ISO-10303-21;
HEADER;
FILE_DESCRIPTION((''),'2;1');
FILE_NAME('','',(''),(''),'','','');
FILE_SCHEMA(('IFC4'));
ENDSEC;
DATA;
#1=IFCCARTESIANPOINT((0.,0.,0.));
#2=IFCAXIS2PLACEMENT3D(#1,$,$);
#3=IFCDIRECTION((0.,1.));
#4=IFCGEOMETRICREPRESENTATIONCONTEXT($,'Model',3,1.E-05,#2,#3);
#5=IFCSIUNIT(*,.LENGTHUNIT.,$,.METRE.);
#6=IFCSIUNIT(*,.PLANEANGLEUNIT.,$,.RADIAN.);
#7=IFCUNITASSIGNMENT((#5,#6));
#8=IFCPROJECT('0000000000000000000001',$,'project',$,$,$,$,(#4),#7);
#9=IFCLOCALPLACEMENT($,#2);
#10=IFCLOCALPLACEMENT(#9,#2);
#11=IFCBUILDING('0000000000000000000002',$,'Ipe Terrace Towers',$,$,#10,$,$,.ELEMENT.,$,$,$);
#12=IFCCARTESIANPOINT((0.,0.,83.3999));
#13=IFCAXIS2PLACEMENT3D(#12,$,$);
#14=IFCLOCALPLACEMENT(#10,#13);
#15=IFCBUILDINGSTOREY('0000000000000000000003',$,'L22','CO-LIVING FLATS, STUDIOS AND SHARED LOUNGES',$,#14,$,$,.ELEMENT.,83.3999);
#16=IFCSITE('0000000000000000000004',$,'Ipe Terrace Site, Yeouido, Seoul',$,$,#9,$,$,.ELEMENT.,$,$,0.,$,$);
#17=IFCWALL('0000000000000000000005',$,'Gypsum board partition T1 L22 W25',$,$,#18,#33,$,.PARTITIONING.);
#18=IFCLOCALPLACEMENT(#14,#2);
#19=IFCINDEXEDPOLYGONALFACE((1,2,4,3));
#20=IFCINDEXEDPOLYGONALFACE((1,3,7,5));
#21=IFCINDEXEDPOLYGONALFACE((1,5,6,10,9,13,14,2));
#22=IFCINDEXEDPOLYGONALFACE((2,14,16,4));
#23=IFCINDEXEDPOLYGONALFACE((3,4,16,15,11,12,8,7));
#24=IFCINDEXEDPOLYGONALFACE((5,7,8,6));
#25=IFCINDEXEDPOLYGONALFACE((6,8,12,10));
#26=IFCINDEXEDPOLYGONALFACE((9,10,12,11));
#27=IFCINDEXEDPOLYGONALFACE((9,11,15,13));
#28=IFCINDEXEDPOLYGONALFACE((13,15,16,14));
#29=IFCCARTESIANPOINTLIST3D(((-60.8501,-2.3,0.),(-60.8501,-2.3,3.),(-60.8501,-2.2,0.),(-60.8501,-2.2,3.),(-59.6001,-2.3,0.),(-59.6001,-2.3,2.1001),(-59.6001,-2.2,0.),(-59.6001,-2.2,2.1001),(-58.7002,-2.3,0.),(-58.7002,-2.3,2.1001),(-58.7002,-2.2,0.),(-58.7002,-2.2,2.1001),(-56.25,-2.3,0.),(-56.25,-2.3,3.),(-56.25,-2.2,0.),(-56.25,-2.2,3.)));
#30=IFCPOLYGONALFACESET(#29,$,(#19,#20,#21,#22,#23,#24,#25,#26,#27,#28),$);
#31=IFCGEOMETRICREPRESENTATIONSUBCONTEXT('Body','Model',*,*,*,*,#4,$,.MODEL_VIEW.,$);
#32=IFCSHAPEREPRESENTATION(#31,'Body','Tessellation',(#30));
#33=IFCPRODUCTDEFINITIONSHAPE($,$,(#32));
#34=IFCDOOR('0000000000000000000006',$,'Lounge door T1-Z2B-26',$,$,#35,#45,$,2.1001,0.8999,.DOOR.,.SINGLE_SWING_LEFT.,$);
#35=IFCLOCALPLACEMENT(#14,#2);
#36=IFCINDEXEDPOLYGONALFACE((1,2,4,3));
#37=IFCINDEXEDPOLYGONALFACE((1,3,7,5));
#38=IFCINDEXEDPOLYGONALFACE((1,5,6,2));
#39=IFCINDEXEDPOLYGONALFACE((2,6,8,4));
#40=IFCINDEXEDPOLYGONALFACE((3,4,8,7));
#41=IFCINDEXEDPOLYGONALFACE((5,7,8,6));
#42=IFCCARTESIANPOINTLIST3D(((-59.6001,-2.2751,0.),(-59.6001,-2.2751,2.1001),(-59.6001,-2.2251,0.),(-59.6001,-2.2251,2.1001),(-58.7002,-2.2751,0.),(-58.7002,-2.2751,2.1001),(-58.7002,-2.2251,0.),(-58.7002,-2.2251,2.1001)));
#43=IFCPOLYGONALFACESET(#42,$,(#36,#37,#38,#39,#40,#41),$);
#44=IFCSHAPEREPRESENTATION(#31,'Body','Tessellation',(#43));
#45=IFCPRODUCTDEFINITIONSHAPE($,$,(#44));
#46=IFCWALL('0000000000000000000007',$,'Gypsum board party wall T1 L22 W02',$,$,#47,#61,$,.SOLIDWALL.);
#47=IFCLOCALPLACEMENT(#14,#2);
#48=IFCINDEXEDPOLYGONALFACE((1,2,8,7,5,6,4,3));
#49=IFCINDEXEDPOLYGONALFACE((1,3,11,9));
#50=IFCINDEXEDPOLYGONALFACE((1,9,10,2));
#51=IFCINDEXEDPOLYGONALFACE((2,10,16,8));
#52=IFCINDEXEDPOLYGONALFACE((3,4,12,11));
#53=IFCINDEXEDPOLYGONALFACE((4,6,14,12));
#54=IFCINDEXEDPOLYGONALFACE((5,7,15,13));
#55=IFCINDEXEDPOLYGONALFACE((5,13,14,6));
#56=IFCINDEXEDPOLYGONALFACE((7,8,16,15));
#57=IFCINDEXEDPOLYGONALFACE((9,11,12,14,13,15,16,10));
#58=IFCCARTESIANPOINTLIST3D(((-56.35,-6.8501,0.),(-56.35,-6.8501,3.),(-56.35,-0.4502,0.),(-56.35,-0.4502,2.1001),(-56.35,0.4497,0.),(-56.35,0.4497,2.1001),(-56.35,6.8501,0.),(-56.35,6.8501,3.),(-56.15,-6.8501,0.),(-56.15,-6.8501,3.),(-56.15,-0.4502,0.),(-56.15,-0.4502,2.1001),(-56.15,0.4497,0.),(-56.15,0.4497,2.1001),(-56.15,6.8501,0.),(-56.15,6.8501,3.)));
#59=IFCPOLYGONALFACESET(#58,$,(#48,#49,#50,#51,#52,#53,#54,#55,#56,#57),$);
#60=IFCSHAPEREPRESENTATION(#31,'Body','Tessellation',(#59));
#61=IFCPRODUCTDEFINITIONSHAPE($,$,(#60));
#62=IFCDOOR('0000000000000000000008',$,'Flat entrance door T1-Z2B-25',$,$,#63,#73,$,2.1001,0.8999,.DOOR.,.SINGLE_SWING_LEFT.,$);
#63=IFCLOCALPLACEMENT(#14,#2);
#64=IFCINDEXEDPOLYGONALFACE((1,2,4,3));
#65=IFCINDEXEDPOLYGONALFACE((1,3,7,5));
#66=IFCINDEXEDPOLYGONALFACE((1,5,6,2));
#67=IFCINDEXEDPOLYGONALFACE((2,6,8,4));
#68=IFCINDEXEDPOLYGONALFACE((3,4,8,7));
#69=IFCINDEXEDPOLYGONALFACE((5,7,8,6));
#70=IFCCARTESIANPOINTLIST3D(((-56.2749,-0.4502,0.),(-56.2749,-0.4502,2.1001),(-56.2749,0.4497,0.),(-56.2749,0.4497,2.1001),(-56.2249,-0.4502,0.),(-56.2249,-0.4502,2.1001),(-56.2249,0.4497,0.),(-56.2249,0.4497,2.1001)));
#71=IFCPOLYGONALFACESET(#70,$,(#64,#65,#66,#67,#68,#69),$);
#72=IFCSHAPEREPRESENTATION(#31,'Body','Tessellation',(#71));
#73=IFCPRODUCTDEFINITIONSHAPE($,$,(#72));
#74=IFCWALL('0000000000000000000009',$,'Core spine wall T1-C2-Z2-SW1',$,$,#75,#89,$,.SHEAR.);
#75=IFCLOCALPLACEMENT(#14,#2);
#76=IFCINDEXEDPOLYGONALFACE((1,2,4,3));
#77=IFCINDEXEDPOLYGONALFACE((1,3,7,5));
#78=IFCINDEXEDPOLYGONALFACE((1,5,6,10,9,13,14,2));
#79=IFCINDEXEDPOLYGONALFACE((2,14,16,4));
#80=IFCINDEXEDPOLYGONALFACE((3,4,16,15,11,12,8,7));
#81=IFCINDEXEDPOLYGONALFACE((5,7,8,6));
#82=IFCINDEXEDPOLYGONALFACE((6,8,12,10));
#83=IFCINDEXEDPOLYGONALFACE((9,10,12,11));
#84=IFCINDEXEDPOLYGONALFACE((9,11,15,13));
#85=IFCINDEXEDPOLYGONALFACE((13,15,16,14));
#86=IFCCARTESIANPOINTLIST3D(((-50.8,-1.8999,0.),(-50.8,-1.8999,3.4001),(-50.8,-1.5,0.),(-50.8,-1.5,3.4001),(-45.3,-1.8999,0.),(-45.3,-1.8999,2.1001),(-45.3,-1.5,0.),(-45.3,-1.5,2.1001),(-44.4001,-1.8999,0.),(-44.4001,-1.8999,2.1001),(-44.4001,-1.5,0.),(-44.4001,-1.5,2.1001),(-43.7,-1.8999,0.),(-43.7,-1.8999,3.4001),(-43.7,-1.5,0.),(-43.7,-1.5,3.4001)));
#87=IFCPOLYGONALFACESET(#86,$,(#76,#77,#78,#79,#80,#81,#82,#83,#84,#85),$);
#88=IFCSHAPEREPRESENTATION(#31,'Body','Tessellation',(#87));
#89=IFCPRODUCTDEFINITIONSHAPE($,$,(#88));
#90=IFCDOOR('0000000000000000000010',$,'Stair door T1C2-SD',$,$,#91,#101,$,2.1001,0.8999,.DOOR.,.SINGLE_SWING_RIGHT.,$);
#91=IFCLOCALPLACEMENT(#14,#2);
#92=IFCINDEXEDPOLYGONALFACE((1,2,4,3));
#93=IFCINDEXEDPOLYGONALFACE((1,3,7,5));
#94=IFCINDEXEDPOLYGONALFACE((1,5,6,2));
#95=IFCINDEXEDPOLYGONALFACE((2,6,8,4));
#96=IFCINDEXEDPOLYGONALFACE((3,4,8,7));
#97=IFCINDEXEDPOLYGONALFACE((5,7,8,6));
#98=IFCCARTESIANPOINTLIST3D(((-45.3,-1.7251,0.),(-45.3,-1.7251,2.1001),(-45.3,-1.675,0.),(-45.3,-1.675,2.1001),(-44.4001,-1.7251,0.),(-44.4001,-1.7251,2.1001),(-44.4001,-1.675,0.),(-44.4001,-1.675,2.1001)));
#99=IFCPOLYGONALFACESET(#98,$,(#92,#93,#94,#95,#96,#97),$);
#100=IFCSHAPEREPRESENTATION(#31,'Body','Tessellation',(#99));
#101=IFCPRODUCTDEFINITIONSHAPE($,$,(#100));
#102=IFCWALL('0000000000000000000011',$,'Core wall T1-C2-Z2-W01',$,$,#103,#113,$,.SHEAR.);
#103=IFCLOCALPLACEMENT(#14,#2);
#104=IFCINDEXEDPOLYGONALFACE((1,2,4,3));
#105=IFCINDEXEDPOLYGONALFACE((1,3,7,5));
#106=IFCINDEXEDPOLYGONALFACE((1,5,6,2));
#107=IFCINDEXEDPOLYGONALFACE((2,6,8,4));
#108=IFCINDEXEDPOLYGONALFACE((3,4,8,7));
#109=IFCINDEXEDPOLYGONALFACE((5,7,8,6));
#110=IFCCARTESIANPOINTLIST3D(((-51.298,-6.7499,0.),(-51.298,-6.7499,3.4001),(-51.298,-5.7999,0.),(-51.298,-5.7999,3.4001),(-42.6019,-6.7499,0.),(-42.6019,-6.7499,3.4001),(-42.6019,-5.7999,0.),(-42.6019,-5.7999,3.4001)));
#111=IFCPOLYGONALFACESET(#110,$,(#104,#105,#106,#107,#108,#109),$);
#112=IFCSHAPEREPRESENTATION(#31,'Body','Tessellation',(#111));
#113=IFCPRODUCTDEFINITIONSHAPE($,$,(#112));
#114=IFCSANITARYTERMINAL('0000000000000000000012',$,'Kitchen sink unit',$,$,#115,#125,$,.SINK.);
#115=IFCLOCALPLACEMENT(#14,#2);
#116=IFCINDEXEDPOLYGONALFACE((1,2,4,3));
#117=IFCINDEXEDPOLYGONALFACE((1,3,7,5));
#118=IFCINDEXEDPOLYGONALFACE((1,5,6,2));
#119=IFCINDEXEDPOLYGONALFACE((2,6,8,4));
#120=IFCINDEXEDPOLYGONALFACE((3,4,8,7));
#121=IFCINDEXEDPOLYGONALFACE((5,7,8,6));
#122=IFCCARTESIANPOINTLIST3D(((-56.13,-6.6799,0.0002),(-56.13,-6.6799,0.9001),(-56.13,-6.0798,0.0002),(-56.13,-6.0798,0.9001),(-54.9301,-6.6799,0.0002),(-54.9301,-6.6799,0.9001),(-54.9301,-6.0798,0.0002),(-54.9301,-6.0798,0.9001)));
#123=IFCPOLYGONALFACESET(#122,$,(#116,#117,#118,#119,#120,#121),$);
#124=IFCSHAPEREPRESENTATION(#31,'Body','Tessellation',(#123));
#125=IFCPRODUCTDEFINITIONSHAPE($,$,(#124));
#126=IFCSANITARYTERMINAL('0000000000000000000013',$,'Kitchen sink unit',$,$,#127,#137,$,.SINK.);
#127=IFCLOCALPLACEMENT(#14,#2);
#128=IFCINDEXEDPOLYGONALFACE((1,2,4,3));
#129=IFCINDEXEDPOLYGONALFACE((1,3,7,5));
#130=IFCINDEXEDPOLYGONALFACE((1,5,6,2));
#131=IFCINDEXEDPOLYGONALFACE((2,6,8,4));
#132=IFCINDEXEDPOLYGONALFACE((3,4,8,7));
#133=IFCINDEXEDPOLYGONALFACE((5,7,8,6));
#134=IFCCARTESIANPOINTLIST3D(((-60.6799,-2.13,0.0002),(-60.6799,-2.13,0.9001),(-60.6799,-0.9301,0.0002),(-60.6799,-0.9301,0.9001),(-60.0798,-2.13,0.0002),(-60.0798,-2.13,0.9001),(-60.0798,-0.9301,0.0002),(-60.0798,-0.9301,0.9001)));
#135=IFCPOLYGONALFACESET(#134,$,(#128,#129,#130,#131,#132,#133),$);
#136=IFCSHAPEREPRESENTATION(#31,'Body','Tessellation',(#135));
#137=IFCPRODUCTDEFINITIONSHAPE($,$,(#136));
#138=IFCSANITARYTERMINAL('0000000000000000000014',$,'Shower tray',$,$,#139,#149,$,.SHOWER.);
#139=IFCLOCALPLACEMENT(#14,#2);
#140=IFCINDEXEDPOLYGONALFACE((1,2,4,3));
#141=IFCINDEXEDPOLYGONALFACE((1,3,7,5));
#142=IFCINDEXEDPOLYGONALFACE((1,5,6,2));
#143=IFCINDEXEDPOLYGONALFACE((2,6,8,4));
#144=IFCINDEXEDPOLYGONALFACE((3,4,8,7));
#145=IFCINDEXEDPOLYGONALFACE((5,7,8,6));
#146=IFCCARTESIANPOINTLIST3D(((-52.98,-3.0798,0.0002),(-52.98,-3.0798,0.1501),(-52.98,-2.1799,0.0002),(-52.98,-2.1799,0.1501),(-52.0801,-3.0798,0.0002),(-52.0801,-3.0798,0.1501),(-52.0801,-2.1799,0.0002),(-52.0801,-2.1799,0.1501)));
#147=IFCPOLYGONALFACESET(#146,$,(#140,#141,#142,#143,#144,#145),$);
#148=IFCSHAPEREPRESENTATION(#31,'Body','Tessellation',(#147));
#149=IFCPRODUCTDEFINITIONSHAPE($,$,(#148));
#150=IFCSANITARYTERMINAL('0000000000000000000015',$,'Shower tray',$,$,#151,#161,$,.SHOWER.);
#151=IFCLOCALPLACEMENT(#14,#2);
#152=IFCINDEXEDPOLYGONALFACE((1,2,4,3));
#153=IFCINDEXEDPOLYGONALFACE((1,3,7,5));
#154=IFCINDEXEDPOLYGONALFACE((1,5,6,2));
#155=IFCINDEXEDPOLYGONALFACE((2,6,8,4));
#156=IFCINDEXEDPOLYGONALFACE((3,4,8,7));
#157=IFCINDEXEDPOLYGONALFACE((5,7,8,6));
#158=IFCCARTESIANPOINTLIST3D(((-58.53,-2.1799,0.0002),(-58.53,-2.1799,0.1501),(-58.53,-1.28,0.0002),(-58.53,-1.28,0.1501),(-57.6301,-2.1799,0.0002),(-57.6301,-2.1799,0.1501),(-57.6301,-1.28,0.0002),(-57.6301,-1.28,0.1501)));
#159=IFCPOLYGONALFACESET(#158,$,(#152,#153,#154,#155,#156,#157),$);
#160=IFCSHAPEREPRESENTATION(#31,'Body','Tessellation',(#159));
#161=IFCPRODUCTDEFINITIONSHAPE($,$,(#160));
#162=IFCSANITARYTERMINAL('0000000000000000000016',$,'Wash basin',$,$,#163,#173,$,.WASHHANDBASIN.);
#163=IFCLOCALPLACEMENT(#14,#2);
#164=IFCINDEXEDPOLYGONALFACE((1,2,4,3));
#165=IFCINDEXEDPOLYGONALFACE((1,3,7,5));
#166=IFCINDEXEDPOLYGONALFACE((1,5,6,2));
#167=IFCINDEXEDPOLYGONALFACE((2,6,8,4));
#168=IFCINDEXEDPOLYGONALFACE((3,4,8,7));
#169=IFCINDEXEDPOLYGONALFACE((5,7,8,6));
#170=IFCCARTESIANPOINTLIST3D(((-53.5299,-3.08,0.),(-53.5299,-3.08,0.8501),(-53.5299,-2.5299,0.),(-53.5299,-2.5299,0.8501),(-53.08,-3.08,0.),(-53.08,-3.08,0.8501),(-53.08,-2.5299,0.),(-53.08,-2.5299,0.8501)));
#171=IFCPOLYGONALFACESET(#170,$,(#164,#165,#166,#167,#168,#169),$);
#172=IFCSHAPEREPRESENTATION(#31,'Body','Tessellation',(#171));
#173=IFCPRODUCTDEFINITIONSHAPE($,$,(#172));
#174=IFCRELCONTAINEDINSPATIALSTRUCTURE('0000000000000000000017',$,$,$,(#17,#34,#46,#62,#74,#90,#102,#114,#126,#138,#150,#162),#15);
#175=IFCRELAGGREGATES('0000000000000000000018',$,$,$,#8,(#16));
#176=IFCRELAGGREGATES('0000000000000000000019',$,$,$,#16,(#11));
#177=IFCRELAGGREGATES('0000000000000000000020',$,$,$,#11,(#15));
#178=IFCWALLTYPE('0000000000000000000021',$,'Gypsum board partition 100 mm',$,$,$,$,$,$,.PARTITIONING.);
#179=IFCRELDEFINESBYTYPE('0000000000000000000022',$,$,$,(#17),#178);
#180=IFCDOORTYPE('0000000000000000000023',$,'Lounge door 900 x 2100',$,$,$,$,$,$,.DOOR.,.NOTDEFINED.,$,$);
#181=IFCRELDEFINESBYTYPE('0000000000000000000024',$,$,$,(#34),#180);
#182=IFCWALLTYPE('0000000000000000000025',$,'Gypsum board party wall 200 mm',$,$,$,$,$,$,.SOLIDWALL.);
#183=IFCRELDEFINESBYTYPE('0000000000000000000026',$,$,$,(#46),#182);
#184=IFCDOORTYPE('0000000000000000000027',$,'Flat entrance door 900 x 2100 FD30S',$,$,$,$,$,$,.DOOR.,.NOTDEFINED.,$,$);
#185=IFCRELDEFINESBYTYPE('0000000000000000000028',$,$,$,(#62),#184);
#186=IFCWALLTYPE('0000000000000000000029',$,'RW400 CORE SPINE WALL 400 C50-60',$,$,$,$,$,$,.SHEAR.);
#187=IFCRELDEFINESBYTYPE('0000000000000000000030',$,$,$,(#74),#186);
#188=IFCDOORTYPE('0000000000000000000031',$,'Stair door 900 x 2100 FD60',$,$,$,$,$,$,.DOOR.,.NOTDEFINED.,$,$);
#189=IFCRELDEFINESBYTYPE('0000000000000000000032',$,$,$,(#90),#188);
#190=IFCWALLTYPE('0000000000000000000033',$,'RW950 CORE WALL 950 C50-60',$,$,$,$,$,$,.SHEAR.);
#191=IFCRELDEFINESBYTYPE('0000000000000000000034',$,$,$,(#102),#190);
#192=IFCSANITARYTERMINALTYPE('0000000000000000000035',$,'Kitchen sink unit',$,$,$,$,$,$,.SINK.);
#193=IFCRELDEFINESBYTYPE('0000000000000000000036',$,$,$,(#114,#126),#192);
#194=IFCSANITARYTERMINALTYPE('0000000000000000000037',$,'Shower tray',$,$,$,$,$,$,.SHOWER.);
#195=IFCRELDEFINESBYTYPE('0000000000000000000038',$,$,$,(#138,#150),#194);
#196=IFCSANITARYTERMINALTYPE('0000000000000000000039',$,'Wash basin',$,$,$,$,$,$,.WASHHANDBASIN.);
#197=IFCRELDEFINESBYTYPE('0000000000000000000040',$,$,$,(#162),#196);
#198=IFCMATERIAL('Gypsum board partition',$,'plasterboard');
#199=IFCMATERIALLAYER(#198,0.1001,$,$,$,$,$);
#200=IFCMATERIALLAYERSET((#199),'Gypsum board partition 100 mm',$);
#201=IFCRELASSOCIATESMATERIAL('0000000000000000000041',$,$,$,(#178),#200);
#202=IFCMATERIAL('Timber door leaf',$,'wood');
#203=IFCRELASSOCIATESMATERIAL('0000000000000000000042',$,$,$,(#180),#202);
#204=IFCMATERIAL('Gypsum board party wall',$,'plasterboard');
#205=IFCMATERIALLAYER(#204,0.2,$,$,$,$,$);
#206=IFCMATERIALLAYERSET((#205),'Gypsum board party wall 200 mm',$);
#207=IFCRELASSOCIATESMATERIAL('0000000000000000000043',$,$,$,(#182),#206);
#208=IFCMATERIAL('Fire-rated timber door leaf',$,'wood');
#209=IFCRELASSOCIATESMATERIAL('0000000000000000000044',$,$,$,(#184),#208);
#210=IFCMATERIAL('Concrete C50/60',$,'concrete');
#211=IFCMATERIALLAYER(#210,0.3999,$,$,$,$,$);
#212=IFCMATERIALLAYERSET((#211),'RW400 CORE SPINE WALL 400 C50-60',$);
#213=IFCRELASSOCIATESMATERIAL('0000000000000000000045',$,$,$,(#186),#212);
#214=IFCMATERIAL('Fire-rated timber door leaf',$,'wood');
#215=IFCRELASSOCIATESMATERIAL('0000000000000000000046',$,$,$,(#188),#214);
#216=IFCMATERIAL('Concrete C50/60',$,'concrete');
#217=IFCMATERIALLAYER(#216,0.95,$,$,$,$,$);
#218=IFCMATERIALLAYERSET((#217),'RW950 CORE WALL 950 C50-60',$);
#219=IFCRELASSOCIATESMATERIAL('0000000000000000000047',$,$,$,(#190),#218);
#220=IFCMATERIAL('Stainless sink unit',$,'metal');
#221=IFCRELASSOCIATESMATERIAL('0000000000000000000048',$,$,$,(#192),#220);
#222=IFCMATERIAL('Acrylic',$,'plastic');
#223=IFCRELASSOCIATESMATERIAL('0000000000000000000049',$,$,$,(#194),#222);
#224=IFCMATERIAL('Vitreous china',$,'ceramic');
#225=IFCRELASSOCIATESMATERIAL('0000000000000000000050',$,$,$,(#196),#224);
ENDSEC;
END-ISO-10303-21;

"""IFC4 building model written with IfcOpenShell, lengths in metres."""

from ifc_helpers import new_model, si_unit, direction, frame, frame_2d, origin, origin_2d, place, context, subcontext, project, spatial, rectangle, extrude, material, layer, layer_set, type_object, element, fill, save


model = new_model("IFC4")

# Units and contexts
model_context = context("Model", 3, precision=1e-05, world=origin(), true_north=direction((0.0, 1.0)))
body_context = subcontext(model_context, "Body", "Model", "MODEL_VIEW")
ifc_project = project(units=[si_unit("LENGTHUNIT", "METRE"), si_unit("PLANEANGLEUNIT", "RADIAN")], contexts=[model_context])

# Site, building, storey
site_placement = place(None, origin())
site = spatial("IfcSite", under=ifc_project, at=site_placement, Name="Ipe Terrace Site, Yeouido, Seoul", CompositionType="ELEMENT", RefElevation=0.0)
building_placement = place(site_placement, origin())
building = spatial("IfcBuilding", under=site, at=building_placement, Name="Ipe Terrace Towers", CompositionType="ELEMENT")
storey_placement = place(building_placement, frame((0.0, 0.0, 83.3999)))
storey = spatial("IfcBuildingStorey", under=building, at=storey_placement, Name="L22", Description="CO-LIVING FLATS, STUDIOS AND SHARED LOUNGES", CompositionType="ELEMENT", Elevation=83.3999)

# Shared definitions
ifc_material_1 = material(Name="Gypsum board partition", Category="plasterboard")
ifc_layer_1 = layer(ifc_material_1, 0.1001)
ifc_layer_set_1 = layer_set([ifc_layer_1], Name="Gypsum board partition 100 mm")
wall_type_1 = type_object("IfcWallType", Name="Gypsum board partition 100 mm", PredefinedType="PARTITIONING", material=ifc_layer_set_1)

# Walls, openings, doors
wall_1_placement = place(storey_placement, frame((-60.8501, -2.25, 0.0), z_axis=(0.0, 0.0, 1.0), x_axis=(1.0, 0.0, 0.0)))
wall_1 = element("IfcWall", 1, at=wall_1_placement, inside=storey, type_object=wall_type_1, Name="Gypsum board partition T1 L22 W25", PredefinedType="PARTITIONING", context=body_context, shape_type="SweptSolid", body=[
    extrude(rectangle(XDim=4.6001, YDim=0.1001, at=frame_2d((2.3, 0.0))), origin(), (0.0, 0.0, 1.0), 3.0),
])
opening_1_placement = place(wall_1_placement, frame((1.25, 0.0, 0.0)))
opening_1 = element("IfcOpeningElement", 2, at=opening_1_placement, cuts=wall_1, PredefinedType="OPENING", context=body_context, shape_type="SweptSolid", body=[
    extrude(rectangle(XDim=0.8999, YDim=2.1001, at=frame_2d((0.45, 1.05))), frame((0.0, 0.0601, 0.0), z_axis=(0.0, -1.0, 0.0), x_axis=(1.0, 0.0, 0.0)), (0.0, 0.0, 1.0), 0.1201),
])
ifc_material_2 = material(Name="Timber door leaf", Category="wood")
door_type_1 = type_object("IfcDoorType", Name="Lounge door 900 x 2100", OperationType="NOTDEFINED", PredefinedType="DOOR", material=ifc_material_2)
door_1_placement = place(opening_1_placement, origin())
door_1 = element("IfcDoor", 3, at=door_1_placement, inside=storey, type_object=door_type_1, Name="Lounge door T1-Z2B-26", OperationType="SINGLE_SWING_LEFT", OverallHeight=2.1001, OverallWidth=0.8999, PredefinedType="DOOR", context=body_context, shape_type="SweptSolid", body=[
    extrude(rectangle(XDim=0.8999, YDim=2.1001, at=frame_2d((0.45, 1.05))), frame((0.0, 0.0249, 0.0), z_axis=(0.0, -1.0, 0.0), x_axis=(1.0, 0.0, 0.0)), (0.0, 0.0, 1.0), 0.05),
])
fill(opening_1, door_1)
ifc_material_3 = material(Name="Gypsum board party wall", Category="plasterboard")
ifc_layer_2 = layer(ifc_material_3, 0.2)
ifc_layer_set_2 = layer_set([ifc_layer_2], Name="Gypsum board party wall 200 mm")
wall_type_2 = type_object("IfcWallType", Name="Gypsum board party wall 200 mm", PredefinedType="SOLIDWALL", material=ifc_layer_set_2)
wall_2_placement = place(storey_placement, frame((-56.25, -6.8501, 0.0), z_axis=(0.0, 0.0, 1.0), x_axis=(0.0, 1.0, 0.0)))
wall_2 = element("IfcWall", 4, at=wall_2_placement, inside=storey, type_object=wall_type_2, Name="Gypsum board party wall T1 L22 W02", PredefinedType="SOLIDWALL", context=body_context, shape_type="SweptSolid", body=[
    extrude(rectangle(XDim=13.7002, YDim=0.2, at=frame_2d((6.8501, 0.0))), origin(), (0.0, 0.0, 1.0), 3.0),
])
opening_2_placement = place(wall_2_placement, frame((6.3999, 0.0, 0.0)))
opening_2 = element("IfcOpeningElement", 5, at=opening_2_placement, cuts=wall_2, PredefinedType="OPENING", context=body_context, shape_type="SweptSolid", body=[
    extrude(rectangle(XDim=0.8999, YDim=2.1001, at=frame_2d((0.45, 1.05))), frame((0.0, 0.1099, 0.0), z_axis=(0.0, -1.0, 0.0), x_axis=(1.0, 0.0, 0.0)), (0.0, 0.0, 1.0), 0.22),
])
ifc_material_4 = material(Name="Fire-rated timber door leaf", Category="wood")
door_type_2 = type_object("IfcDoorType", Name="Flat entrance door 900 x 2100 FD30S", OperationType="NOTDEFINED", PredefinedType="DOOR", material=ifc_material_4)
door_2_placement = place(opening_2_placement, origin())
door_2 = element("IfcDoor", 6, at=door_2_placement, inside=storey, type_object=door_type_2, Name="Flat entrance door T1-Z2B-25", OperationType="SINGLE_SWING_LEFT", OverallHeight=2.1001, OverallWidth=0.8999, PredefinedType="DOOR", context=body_context, shape_type="SweptSolid", body=[
    extrude(rectangle(XDim=0.8999, YDim=2.1001, at=frame_2d((0.45, 1.05))), frame((0.0, 0.0249, 0.0), z_axis=(0.0, -1.0, 0.0), x_axis=(1.0, 0.0, 0.0)), (0.0, 0.0, 1.0), 0.05),
])
fill(opening_2, door_2)
ifc_material_5 = material(Name="Concrete C50/60", Category="concrete")
ifc_layer_3 = layer(ifc_material_5, 0.3999)
ifc_layer_set_3 = layer_set([ifc_layer_3], Name="RW400 CORE SPINE WALL 400 C50-60")
wall_type_3 = type_object("IfcWallType", Name="RW400 CORE SPINE WALL 400 C50-60", PredefinedType="SHEAR", material=ifc_layer_set_3)
wall_3_placement = place(storey_placement, frame((-50.8, -1.7, 0.0), z_axis=(0.0, 0.0, 1.0), x_axis=(1.0, 0.0, 0.0)))
wall_3 = element("IfcWall", 7, at=wall_3_placement, inside=storey, type_object=wall_type_3, Name="Core spine wall T1-C2-Z2-SW1", PredefinedType="SHEAR", context=body_context, shape_type="SweptSolid", body=[
    extrude(rectangle(XDim=7.1001, YDim=0.3999, at=frame_2d((3.55, 0.0))), origin(), (0.0, 0.0, 1.0), 3.4001),
])
opening_3_placement = place(wall_3_placement, frame((5.5, 0.0, 0.0)))
opening_3 = element("IfcOpeningElement", 8, at=opening_3_placement, cuts=wall_3, PredefinedType="OPENING", context=body_context, shape_type="SweptSolid", body=[
    extrude(rectangle(XDim=0.8999, YDim=2.1001, at=frame_2d((0.45, 1.05))), frame((0.0, 0.21, 0.0), z_axis=(0.0, -1.0, 0.0), x_axis=(1.0, 0.0, 0.0)), (0.0, 0.0, 1.0), 0.4199),
])
ifc_material_6 = material(Name="Fire-rated timber door leaf", Category="wood")
door_type_3 = type_object("IfcDoorType", Name="Stair door 900 x 2100 FD60", OperationType="NOTDEFINED", PredefinedType="DOOR", material=ifc_material_6)
door_3_placement = place(opening_3_placement, origin())
door_3 = element("IfcDoor", 9, at=door_3_placement, inside=storey, type_object=door_type_3, Name="Stair door T1C2-SD", OperationType="SINGLE_SWING_RIGHT", OverallHeight=2.1001, OverallWidth=0.8999, PredefinedType="DOOR", context=body_context, shape_type="SweptSolid", body=[
    extrude(rectangle(XDim=0.8999, YDim=2.1001, at=frame_2d((0.45, 1.05))), frame((0.0, 0.0249, 0.0), z_axis=(0.0, -1.0, 0.0), x_axis=(1.0, 0.0, 0.0)), (0.0, 0.0, 1.0), 0.05),
])
fill(opening_3, door_3)

# Wall
ifc_material_7 = material(Name="Concrete C50/60", Category="concrete")
ifc_layer_4 = layer(ifc_material_7, 0.95)
ifc_layer_set_4 = layer_set([ifc_layer_4], Name="RW950 CORE WALL 950 C50-60")
wall_type_4 = type_object("IfcWallType", Name="RW950 CORE WALL 950 C50-60", PredefinedType="SHEAR", material=ifc_layer_set_4)
wall_4_placement = place(storey_placement, frame((-51.2981, -6.2749, 0.0), z_axis=(0.0, 0.0, 1.0), x_axis=(1.0, 0.0, 0.0)))
element("IfcWall", 10, at=wall_4_placement, inside=storey, type_object=wall_type_4, Name="Core wall T1-C2-Z2-W01", PredefinedType="SHEAR", context=body_context, shape_type="SweptSolid", body=[
    extrude(rectangle(XDim=8.696, YDim=0.95, at=frame_2d((4.3481, 0.0))), origin(), (0.0, 0.0, 1.0), 3.4001),
])

# Sanitary terminals
ifc_material_8 = material(Name="Stainless sink unit", Category="metal")
sanitary_terminal_type_1 = type_object("IfcSanitaryTerminalType", Name="Kitchen sink unit", PredefinedType="SINK", material=ifc_material_8)
for number, where, z_axis, x_axis, name in (
    (11, (-55.53, -6.3799, 0.0002), (0.0, 0.0, 1.0), (-1.0, 0.0, 0.0), "Kitchen sink unit"),
    (12, (-60.3799, -1.53, 0.0002), (0.0, 0.0, 1.0), (0.0, 1.0, 0.0), "Kitchen sink unit"),
):
    element("IfcSanitaryTerminal", number, at=place(storey_placement, frame(where, z_axis=z_axis, x_axis=x_axis)), inside=storey, type_object=sanitary_terminal_type_1, Name=name, PredefinedType="SINK", context=body_context, shape_type="SweptSolid", body=[
        extrude(rectangle(XDim=1.2, YDim=0.6001, at=origin_2d()), origin(), (0.0, 0.0, 1.0), 0.8999),
    ])
ifc_material_9 = material(Name="Acrylic", Category="plastic")
sanitary_terminal_type_2 = type_object("IfcSanitaryTerminalType", Name="Shower tray", PredefinedType="SHOWER", material=ifc_material_9)
for number, where, z_axis, x_axis, name in (
    (13, (-52.53, -2.6299, 0.0002), (0.0, 0.0, 1.0), (0.0, 1.0, 0.0), "Shower tray"),
    (14, (-58.0801, -1.73, 0.0002), (0.0, 0.0, 1.0), (0.0, 1.0, 0.0), "Shower tray"),
):
    element("IfcSanitaryTerminal", number, at=place(storey_placement, frame(where, z_axis=z_axis, x_axis=x_axis)), inside=storey, type_object=sanitary_terminal_type_2, Name=name, PredefinedType="SHOWER", context=body_context, shape_type="SweptSolid", body=[
        extrude(rectangle(XDim=0.8999, YDim=0.8999, at=origin_2d()), origin(), (0.0, 0.0, 1.0), 0.1499),
    ])
ifc_material_10 = material(Name="Vitreous china", Category="ceramic")
sanitary_terminal_type_3 = type_object("IfcSanitaryTerminalType", Name="Wash basin", PredefinedType="WASHHANDBASIN", material=ifc_material_10)
for number, where, z_axis, x_axis, name in (
    (15, (-53.3049, -2.8049, 0.0), (0.0, 0.0, 1.0), (0.0, 1.0, 0.0), "Wash basin"),
):
    element("IfcSanitaryTerminal", number, at=place(storey_placement, frame(where, z_axis=z_axis, x_axis=x_axis)), inside=storey, type_object=sanitary_terminal_type_3, Name=name, PredefinedType="WASHHANDBASIN", context=body_context, shape_type="SweptSolid", body=[
        extrude(rectangle(XDim=0.55, YDim=0.45, at=origin_2d()), origin(), (0.0, 0.0, 1.0), 0.8501),
    ])

save(model, "model.ifc")
